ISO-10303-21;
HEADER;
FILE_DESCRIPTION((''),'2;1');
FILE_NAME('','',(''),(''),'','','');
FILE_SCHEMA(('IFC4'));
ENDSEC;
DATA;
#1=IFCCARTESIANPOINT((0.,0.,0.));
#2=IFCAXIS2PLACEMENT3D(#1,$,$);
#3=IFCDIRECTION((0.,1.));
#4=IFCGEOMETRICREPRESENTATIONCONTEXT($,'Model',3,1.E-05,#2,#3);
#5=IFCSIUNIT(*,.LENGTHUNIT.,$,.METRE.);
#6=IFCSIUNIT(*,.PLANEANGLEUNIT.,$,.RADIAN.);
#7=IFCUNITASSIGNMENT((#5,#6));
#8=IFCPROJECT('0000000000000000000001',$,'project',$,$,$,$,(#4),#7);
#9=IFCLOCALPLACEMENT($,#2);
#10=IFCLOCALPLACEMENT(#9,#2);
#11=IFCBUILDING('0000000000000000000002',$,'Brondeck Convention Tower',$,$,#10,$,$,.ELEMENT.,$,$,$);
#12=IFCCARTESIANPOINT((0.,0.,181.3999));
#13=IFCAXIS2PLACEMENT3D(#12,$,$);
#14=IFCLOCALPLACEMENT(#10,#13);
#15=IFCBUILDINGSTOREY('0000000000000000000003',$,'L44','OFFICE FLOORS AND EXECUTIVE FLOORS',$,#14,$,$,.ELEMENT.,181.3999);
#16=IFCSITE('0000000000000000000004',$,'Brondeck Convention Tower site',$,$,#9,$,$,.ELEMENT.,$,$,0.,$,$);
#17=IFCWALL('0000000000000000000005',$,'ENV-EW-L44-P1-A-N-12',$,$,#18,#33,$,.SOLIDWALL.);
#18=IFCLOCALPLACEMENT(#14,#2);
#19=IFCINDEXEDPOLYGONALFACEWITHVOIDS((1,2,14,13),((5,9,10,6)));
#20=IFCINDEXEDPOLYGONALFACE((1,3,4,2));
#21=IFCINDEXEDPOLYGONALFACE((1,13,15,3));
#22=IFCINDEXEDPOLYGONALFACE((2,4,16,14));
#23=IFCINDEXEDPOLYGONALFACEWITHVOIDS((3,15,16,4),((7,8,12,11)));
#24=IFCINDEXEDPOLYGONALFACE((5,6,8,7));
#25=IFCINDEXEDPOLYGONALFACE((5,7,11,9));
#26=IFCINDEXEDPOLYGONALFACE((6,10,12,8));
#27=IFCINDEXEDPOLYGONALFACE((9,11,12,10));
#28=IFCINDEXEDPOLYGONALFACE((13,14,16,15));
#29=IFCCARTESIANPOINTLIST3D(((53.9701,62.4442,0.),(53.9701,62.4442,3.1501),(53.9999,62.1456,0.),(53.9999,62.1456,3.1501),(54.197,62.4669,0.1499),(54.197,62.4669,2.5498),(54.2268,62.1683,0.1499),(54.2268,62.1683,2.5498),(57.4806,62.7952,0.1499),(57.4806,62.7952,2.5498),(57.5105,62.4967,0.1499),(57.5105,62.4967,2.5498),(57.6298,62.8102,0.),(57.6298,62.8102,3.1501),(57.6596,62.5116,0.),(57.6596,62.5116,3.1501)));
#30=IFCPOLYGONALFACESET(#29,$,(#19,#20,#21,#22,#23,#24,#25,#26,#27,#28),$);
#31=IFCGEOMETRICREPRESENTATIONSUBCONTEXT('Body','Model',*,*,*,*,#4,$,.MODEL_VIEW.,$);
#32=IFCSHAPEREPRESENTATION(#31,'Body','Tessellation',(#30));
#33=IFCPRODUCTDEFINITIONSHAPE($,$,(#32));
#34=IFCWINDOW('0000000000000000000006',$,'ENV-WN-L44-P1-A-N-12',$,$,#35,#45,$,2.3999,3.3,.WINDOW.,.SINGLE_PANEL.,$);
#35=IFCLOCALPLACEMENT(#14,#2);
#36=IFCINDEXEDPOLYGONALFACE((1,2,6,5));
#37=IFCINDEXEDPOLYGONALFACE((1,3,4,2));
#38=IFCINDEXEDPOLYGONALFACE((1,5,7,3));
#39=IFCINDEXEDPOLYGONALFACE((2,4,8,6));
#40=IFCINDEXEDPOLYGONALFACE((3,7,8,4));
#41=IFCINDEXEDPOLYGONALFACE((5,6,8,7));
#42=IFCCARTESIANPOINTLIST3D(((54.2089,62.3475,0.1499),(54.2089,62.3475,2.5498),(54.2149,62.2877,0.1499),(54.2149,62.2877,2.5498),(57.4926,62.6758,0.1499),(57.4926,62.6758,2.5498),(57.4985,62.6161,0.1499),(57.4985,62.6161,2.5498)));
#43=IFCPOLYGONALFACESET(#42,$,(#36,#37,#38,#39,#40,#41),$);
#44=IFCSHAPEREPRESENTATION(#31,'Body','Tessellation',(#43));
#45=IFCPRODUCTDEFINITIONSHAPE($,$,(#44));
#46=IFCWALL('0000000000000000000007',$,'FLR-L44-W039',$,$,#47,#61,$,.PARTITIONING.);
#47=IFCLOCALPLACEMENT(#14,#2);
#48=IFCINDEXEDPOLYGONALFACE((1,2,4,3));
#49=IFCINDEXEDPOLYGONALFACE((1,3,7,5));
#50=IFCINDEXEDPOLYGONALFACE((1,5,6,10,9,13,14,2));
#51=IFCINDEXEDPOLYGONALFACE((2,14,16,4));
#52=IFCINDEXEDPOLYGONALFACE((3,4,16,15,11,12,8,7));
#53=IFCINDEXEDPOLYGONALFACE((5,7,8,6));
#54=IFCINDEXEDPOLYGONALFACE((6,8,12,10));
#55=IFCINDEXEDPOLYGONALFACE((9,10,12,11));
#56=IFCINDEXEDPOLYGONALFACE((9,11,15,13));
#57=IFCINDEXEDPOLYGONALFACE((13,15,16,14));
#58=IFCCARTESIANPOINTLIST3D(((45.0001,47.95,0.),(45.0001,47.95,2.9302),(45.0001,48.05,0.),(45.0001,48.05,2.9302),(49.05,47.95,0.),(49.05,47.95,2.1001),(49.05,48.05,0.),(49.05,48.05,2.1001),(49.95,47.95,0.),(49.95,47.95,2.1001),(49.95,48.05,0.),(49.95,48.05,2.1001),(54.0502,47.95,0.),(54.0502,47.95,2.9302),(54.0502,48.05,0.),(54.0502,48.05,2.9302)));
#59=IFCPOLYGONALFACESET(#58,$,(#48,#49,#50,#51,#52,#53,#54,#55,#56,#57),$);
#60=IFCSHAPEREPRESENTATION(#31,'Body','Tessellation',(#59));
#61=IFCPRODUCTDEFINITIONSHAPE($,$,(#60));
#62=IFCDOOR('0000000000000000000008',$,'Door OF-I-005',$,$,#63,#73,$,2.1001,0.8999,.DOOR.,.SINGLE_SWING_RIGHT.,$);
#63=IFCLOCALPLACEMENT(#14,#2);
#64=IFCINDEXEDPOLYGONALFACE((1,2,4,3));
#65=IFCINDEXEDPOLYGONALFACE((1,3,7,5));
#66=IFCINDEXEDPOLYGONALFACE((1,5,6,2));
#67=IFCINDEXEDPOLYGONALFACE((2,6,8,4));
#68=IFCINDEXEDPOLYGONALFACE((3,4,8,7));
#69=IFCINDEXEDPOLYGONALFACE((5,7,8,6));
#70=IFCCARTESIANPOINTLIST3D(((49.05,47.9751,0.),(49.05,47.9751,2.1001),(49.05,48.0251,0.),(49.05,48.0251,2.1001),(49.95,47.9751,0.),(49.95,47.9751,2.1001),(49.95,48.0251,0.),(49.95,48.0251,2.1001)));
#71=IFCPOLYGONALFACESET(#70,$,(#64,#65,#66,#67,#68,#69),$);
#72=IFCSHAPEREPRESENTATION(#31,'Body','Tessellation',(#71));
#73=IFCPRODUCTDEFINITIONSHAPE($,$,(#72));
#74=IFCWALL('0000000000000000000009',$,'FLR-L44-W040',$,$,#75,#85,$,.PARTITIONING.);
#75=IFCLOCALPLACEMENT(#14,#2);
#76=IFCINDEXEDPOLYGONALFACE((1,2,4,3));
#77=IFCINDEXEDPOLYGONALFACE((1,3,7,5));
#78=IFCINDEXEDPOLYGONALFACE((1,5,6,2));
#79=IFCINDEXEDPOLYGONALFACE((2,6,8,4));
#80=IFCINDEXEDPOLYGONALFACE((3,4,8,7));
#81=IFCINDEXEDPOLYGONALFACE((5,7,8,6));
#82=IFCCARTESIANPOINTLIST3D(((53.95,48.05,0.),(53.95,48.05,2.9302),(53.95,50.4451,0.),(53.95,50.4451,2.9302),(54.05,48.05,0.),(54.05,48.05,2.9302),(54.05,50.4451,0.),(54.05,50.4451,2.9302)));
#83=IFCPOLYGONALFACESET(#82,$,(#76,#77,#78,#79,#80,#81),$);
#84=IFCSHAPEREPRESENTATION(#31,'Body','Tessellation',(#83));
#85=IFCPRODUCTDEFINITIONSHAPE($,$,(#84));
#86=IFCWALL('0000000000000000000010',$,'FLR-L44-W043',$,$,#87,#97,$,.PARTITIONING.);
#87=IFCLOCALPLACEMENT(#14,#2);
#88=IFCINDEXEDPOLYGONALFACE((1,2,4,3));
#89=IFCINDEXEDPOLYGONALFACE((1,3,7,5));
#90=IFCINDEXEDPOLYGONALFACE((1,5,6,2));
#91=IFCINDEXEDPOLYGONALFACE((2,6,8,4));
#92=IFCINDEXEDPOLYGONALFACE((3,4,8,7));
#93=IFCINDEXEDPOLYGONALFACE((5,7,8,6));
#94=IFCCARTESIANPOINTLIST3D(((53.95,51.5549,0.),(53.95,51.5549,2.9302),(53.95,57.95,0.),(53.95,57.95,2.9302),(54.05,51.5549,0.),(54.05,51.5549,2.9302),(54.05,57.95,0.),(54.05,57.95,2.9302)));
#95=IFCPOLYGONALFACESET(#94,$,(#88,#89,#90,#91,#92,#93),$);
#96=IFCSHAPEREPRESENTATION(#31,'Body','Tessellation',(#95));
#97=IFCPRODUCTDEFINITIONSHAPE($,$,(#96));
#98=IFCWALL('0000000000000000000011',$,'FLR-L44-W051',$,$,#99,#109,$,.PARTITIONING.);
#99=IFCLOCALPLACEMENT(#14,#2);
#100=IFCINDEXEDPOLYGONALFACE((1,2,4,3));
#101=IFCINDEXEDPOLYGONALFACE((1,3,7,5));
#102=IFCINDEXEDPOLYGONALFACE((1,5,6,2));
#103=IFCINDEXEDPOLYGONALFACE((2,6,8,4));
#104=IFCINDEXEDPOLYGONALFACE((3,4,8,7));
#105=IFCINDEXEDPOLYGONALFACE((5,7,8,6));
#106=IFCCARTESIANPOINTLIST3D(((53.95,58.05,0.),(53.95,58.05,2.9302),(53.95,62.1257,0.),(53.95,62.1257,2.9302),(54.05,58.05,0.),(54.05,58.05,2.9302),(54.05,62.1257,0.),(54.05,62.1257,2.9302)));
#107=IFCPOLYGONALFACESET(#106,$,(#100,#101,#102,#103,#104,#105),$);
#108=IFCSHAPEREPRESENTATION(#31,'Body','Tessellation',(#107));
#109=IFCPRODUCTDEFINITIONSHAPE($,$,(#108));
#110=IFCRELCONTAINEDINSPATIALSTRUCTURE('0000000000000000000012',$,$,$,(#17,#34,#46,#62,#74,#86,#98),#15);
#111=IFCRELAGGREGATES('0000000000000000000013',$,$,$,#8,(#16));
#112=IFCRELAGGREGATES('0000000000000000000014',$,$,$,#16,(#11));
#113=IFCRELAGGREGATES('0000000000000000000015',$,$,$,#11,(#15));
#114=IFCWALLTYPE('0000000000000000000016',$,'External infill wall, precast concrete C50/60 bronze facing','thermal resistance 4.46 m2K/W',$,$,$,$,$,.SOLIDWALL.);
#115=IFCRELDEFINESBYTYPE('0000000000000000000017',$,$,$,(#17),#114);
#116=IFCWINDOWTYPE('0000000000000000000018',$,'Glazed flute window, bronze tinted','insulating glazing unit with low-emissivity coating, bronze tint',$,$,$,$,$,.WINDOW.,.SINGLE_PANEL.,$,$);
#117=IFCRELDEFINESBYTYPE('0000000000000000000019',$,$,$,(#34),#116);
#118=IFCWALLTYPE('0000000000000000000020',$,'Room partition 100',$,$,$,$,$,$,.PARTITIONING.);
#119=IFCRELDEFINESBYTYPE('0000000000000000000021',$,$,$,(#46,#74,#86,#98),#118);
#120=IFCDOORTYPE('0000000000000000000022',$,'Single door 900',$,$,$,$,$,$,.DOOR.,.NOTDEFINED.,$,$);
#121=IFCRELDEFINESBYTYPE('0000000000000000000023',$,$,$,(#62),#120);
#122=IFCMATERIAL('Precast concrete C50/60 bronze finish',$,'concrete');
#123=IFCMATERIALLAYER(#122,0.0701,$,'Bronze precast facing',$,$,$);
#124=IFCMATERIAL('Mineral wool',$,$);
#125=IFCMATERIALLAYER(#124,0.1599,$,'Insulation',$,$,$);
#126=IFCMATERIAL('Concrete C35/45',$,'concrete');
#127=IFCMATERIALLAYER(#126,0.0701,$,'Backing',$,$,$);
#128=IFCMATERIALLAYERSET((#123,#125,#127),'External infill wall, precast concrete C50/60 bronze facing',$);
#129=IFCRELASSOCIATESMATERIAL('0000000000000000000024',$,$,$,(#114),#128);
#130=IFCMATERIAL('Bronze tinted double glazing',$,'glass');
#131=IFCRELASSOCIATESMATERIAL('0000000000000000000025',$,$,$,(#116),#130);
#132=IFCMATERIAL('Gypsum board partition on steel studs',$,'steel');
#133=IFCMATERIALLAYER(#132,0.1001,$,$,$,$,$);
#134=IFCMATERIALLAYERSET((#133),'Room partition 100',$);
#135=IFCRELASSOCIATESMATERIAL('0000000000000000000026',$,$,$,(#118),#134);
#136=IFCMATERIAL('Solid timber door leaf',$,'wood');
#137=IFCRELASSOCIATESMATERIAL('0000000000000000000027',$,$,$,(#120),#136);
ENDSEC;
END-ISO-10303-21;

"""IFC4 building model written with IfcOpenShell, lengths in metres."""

from ifc_helpers import new_model, si_unit, direction, frame, frame_2d, origin, place, context, subcontext, project, spatial, rectangle, extrude, material, layer, layer_set, type_object, element, fill, save


model = new_model("IFC4")

# Units and contexts
model_context = context("Model", 3, precision=1e-05, world=origin(), true_north=direction((0.0, 1.0)))
body_context = subcontext(model_context, "Body", "Model", "MODEL_VIEW")
ifc_project = project(units=[si_unit("LENGTHUNIT", "METRE"), si_unit("PLANEANGLEUNIT", "RADIAN")], contexts=[model_context])

# Site, building, storey
site_placement = place(None, origin())
site = spatial("IfcSite", under=ifc_project, at=site_placement, Name="Brondeck Convention Tower site", CompositionType="ELEMENT", RefElevation=0.0)
building_placement = place(site_placement, origin())
building = spatial("IfcBuilding", under=site, at=building_placement, Name="Brondeck Convention Tower", CompositionType="ELEMENT")
storey_placement = place(building_placement, frame((0.0, 0.0, 181.3999)))
storey = spatial("IfcBuildingStorey", under=building, at=storey_placement, Name="L44", Description="OFFICE FLOORS AND EXECUTIVE FLOORS", CompositionType="ELEMENT", Elevation=181.3999)

# Shared definitions
ifc_material_1 = material(Name="Precast concrete C50/60 bronze finish", Category="concrete")
ifc_layer_1 = layer(ifc_material_1, 0.0701, Name="Bronze precast facing")
ifc_material_2 = material(Name="Mineral wool")
ifc_layer_2 = layer(ifc_material_2, 0.1599, Name="Insulation")
ifc_material_3 = material(Name="Concrete C35/45", Category="concrete")
ifc_layer_3 = layer(ifc_material_3, 0.0701, Name="Backing")
ifc_layer_set_1 = layer_set([ifc_layer_1, ifc_layer_2, ifc_layer_3], Name="External infill wall, precast concrete C50/60 bronze facing")
wall_type_1 = type_object("IfcWallType", Name="External infill wall, precast concrete C50/60 bronze facing", Description="thermal resistance 4.46 m2K/W", PredefinedType="SOLIDWALL", material=ifc_layer_set_1)
ifc_material_4 = material(Name="Bronze tinted double glazing", Category="glass")
window_type_1 = type_object("IfcWindowType", Name="Glazed flute window, bronze tinted", Description="insulating glazing unit with low-emissivity coating, bronze tint", PartitioningType="SINGLE_PANEL", PredefinedType="WINDOW", material=ifc_material_4)

# Wall, opening, window
wall_1_placement = place(storey_placement, frame((53.9851, 62.2949, 0.0), z_axis=(0.0, 0.0, 1.0), x_axis=(0.995037, 0.099504, 0.0)))
wall_1 = element("IfcWall", 1, at=wall_1_placement, inside=storey, type_object=wall_type_1, Name="ENV-EW-L44-P1-A-N-12", PredefinedType="SOLIDWALL", context=body_context, shape_type="SweptSolid", body=[
    extrude(rectangle(XDim=3.678, YDim=0.3, at=frame_2d((1.8389, 0.0))), origin(), (0.0, 0.0, 1.0), 3.1501),
])
opening_1_placement = place(wall_1_placement, frame((0.228, 0.0, 0.1499)))
opening_1 = element("IfcOpeningElement", 2, at=opening_1_placement, cuts=wall_1, PredefinedType="OPENING", context=body_context, shape_type="SweptSolid", body=[
    extrude(rectangle(XDim=3.3, YDim=2.3999, at=frame_2d((1.6499, 1.2))), frame((0.0, 0.1599, 0.0), z_axis=(0.0, -1.0, 0.0), x_axis=(1.0, 0.0, 0.0)), (0.0, 0.0, 1.0), 0.3201),
])
window_1_placement = place(opening_1_placement, origin())
window_1 = element("IfcWindow", 3, at=window_1_placement, inside=storey, type_object=window_type_1, Name="ENV-WN-L44-P1-A-N-12", OverallHeight=2.3999, OverallWidth=3.3, PartitioningType="SINGLE_PANEL", PredefinedType="WINDOW", context=body_context, shape_type="SweptSolid", body=[
    extrude(rectangle(XDim=3.3, YDim=2.3999, at=frame_2d((1.6499, 1.2))), frame((0.0, 0.03, 0.0), z_axis=(0.0, -1.0, 0.0), x_axis=(1.0, 0.0, 0.0)), (0.0, 0.0, 1.0), 0.0601),
])
fill(opening_1, window_1)

# Wall, opening, door
ifc_material_5 = material(Name="Gypsum board partition on steel studs", Category="steel")
ifc_layer_4 = layer(ifc_material_5, 0.1001)
ifc_layer_set_2 = layer_set([ifc_layer_4], Name="Room partition 100")
wall_type_2 = type_object("IfcWallType", Name="Room partition 100", PredefinedType="PARTITIONING", material=ifc_layer_set_2)
wall_2_placement = place(storey_placement, frame((54.05, 48.0, 0.0), z_axis=(0.0, 0.0, 1.0), x_axis=(-1.0, 0.0, 0.0)))
wall_2 = element("IfcWall", 4, at=wall_2_placement, inside=storey, type_object=wall_type_2, Name="FLR-L44-W039", PredefinedType="PARTITIONING", context=body_context, shape_type="SweptSolid", body=[
    extrude(rectangle(XDim=9.05, YDim=0.1001, at=frame_2d((4.5249, 0.0))), origin(), (0.0, 0.0, 1.0), 2.9302),
])
opening_2_placement = place(wall_2_placement, frame((4.1001, 0.0, 0.0)))
opening_2 = element("IfcOpeningElement", 5, at=opening_2_placement, cuts=wall_2, PredefinedType="OPENING", context=body_context, shape_type="SweptSolid", body=[
    extrude(rectangle(XDim=0.8999, YDim=2.1001, at=frame_2d((0.45, 1.05))), frame((0.0, 0.0601, 0.0), z_axis=(0.0, -1.0, 0.0), x_axis=(1.0, 0.0, 0.0)), (0.0, 0.0, 1.0), 0.1201),
])
ifc_material_6 = material(Name="Solid timber door leaf", Category="wood")
door_type = type_object("IfcDoorType", Name="Single door 900", OperationType="NOTDEFINED", PredefinedType="DOOR", material=ifc_material_6)
door_placement = place(opening_2_placement, origin())
door = element("IfcDoor", 6, at=door_placement, inside=storey, type_object=door_type, Name="Door OF-I-005", OperationType="SINGLE_SWING_RIGHT", OverallHeight=2.1001, OverallWidth=0.8999, PredefinedType="DOOR", context=body_context, shape_type="SweptSolid", body=[
    extrude(rectangle(XDim=0.8999, YDim=2.1001, at=frame_2d((0.45, 1.05))), frame((0.0, 0.0249, 0.0), z_axis=(0.0, -1.0, 0.0), x_axis=(1.0, 0.0, 0.0)), (0.0, 0.0, 1.0), 0.05),
])
fill(opening_2, door)

# Walls
wall_3_placement = place(storey_placement, frame((54.0, 50.4451, 0.0), z_axis=(0.0, 0.0, 1.0), x_axis=(0.0, -1.0, 0.0)))
element("IfcWall", 7, at=wall_3_placement, inside=storey, type_object=wall_type_2, Name="FLR-L44-W040", PredefinedType="PARTITIONING", context=body_context, shape_type="SweptSolid", body=[
    extrude(rectangle(XDim=2.395, YDim=0.1001, at=frame_2d((1.1975, 0.0))), origin(), (0.0, 0.0, 1.0), 2.9302),
])
wall_4_placement = place(storey_placement, frame((54.0, 51.5549, 0.0), z_axis=(0.0, 0.0, 1.0), x_axis=(0.0, 1.0, 0.0)))
element("IfcWall", 8, at=wall_4_placement, inside=storey, type_object=wall_type_2, Name="FLR-L44-W043", PredefinedType="PARTITIONING", context=body_context, shape_type="SweptSolid", body=[
    extrude(rectangle(XDim=6.395, YDim=0.1001, at=frame_2d((3.1975, 0.0))), origin(), (0.0, 0.0, 1.0), 2.9302),
])
wall_5_placement = place(storey_placement, frame((54.0, 58.05, 0.0), z_axis=(0.0, 0.0, 1.0), x_axis=(0.0, 1.0, 0.0)))
element("IfcWall", 9, at=wall_5_placement, inside=storey, type_object=wall_type_2, Name="FLR-L44-W051", PredefinedType="PARTITIONING", context=body_context, shape_type="SweptSolid", body=[
    extrude(rectangle(XDim=4.0757, YDim=0.1001, at=frame_2d((2.0378, 0.0))), origin(), (0.0, 0.0, 1.0), 2.9302),
])

save(model, "model.ifc")
